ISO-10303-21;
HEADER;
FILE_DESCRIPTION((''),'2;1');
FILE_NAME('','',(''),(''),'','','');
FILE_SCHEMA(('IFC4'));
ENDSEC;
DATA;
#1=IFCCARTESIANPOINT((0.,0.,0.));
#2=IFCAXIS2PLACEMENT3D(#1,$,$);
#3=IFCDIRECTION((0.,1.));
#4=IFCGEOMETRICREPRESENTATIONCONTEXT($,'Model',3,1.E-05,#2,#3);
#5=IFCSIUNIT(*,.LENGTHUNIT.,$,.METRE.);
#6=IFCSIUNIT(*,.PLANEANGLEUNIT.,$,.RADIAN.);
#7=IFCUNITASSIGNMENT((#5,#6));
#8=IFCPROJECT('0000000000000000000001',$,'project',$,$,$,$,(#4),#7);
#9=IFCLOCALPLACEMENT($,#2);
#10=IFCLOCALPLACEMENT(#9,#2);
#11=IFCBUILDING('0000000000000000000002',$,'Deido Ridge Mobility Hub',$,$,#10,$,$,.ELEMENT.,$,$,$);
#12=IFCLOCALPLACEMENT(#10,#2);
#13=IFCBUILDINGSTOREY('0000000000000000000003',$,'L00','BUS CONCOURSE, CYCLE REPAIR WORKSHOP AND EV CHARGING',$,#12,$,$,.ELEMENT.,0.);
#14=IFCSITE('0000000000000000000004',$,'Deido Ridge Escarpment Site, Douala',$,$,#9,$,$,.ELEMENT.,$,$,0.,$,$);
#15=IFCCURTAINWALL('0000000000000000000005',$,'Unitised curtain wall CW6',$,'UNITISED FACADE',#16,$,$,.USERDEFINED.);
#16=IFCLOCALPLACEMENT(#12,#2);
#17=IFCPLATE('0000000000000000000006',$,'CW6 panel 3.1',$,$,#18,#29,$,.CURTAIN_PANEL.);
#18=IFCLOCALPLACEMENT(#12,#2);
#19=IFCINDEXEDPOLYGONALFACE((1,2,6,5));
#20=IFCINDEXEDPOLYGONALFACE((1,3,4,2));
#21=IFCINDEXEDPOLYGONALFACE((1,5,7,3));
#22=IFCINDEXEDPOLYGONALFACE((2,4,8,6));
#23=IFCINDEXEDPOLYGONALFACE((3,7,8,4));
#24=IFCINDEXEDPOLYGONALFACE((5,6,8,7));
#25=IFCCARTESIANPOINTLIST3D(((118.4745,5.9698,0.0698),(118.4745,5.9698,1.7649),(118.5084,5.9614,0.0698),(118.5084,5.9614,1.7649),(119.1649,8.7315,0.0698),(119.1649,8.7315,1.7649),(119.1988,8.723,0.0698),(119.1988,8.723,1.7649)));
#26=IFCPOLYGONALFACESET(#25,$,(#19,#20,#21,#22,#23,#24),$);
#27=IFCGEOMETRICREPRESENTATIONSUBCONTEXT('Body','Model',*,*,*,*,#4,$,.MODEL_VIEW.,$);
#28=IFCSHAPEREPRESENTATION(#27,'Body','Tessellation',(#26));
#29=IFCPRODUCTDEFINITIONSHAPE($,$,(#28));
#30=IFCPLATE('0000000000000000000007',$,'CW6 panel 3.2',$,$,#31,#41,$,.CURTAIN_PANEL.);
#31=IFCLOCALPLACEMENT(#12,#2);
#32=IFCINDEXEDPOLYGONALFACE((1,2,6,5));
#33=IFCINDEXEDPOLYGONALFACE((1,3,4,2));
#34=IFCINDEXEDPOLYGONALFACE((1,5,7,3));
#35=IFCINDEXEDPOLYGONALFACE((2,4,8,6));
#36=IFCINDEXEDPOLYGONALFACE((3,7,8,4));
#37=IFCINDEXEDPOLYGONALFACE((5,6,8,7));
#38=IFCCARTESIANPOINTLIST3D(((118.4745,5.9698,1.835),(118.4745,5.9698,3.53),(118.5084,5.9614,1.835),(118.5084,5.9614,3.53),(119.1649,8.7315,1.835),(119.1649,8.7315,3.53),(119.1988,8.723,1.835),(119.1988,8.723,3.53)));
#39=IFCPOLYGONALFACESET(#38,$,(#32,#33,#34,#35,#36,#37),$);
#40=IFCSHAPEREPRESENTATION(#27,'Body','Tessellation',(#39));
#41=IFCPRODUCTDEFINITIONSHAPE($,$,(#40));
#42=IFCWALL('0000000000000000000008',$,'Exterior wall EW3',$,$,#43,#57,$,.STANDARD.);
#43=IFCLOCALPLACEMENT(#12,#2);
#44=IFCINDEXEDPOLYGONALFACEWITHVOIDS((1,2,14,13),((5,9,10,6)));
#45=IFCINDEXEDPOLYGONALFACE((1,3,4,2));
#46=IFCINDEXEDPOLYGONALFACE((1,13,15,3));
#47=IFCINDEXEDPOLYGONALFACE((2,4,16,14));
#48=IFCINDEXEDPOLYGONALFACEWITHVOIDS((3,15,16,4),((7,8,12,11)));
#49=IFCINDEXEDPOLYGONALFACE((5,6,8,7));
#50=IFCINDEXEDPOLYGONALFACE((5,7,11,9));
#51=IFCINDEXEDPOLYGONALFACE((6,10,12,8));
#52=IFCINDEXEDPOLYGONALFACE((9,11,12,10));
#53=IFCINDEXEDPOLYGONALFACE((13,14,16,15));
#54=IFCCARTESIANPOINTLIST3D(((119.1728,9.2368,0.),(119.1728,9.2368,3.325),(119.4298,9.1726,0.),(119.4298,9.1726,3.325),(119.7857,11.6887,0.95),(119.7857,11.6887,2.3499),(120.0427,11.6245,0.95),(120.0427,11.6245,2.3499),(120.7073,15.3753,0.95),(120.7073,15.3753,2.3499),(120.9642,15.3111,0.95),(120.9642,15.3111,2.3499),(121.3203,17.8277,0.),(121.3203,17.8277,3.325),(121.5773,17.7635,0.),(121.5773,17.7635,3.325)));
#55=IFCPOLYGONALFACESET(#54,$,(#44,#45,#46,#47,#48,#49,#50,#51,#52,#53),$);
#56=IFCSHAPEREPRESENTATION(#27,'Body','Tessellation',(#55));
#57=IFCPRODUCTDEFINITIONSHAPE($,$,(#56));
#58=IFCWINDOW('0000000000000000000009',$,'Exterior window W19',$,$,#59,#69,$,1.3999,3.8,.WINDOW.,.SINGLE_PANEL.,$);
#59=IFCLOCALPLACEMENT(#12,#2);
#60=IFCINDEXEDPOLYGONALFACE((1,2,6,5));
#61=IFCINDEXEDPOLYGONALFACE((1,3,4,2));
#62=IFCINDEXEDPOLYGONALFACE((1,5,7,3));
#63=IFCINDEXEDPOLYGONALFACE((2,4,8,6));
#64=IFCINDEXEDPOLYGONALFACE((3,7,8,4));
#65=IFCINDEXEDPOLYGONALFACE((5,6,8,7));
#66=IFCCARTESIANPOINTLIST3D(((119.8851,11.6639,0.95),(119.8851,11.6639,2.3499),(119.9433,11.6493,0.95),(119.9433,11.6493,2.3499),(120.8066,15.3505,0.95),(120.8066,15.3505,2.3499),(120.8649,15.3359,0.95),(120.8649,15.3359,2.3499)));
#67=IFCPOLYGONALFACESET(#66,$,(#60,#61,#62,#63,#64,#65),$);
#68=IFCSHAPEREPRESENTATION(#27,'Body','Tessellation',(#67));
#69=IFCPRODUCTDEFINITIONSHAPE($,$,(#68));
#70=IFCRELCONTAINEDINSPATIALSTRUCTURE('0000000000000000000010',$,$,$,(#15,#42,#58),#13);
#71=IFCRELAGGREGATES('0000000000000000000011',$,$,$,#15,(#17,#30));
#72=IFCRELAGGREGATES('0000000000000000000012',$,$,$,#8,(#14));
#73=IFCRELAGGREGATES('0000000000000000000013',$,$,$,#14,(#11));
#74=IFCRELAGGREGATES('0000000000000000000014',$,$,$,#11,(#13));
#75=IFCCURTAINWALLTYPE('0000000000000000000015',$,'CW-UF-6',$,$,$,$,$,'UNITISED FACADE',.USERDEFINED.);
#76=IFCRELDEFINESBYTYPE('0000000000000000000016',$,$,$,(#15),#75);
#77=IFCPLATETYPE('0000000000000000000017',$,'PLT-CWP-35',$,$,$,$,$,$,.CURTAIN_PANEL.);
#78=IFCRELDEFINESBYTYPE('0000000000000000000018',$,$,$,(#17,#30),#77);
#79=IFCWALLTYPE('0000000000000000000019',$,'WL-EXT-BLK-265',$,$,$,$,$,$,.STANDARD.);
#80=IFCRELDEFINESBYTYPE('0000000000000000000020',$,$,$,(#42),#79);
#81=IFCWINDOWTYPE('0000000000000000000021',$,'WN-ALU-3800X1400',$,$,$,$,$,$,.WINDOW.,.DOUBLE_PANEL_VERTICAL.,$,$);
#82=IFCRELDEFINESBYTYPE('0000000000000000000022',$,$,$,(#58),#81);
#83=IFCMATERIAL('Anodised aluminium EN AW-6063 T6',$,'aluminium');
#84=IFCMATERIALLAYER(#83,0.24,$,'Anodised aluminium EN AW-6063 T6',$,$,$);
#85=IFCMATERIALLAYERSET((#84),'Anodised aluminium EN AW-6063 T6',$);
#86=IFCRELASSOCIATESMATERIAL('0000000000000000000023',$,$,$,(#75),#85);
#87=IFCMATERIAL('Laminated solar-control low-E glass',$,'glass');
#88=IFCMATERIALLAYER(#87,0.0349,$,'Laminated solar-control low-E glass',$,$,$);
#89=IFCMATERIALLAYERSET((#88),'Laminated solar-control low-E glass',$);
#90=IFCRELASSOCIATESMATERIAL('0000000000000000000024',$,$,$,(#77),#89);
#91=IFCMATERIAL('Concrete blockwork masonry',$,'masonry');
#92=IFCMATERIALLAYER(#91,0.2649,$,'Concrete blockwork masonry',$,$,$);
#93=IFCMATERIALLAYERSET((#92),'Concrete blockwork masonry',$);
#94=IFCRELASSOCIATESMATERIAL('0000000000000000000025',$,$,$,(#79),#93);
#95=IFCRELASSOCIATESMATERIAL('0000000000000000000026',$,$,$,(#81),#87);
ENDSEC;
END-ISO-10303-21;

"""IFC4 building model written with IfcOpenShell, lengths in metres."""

from ifc_helpers import new_model, si_unit, direction, frame, frame_2d, origin, origin_2d, place, context, subcontext, project, spatial, rectangle, extrude, material, layer, layer_set, type_object, element, fill, aggregate, save


model = new_model("IFC4")

# Units and contexts
model_context = context("Model", 3, precision=1e-05, world=origin(), true_north=direction((0.0, 1.0)))
body_context = subcontext(model_context, "Body", "Model", "MODEL_VIEW")
ifc_project = project(units=[si_unit("LENGTHUNIT", "METRE"), si_unit("PLANEANGLEUNIT", "RADIAN")], contexts=[model_context])

# Site, building, storey
site_placement = place(None, origin())
site = spatial("IfcSite", under=ifc_project, at=site_placement, Name="Deido Ridge Escarpment Site, Douala", CompositionType="ELEMENT", RefElevation=0.0)
building_placement = place(site_placement, origin())
building = spatial("IfcBuilding", under=site, at=building_placement, Name="Deido Ridge Mobility Hub", CompositionType="ELEMENT")
storey_placement = place(building_placement, origin())
storey = spatial("IfcBuildingStorey", under=building, at=storey_placement, Name="L00", Description="BUS CONCOURSE, CYCLE REPAIR WORKSHOP AND EV CHARGING", CompositionType="ELEMENT", Elevation=0.0)

# Curtain wall, plates
ifc_material_1 = material(Name="Anodised aluminium EN AW-6063 T6", Category="aluminium")
ifc_layer_1 = layer(ifc_material_1, 0.24, Name="Anodised aluminium EN AW-6063 T6")
ifc_layer_set_1 = layer_set([ifc_layer_1], Name="Anodised aluminium EN AW-6063 T6")
curtain_wall_type = type_object("IfcCurtainWallType", Name="CW-UF-6", ElementType="UNITISED FACADE", PredefinedType="USERDEFINED", material=ifc_layer_set_1)
curtain_wall_placement = place(storey_placement, origin())
curtain_wall = element("IfcCurtainWall", 1, at=curtain_wall_placement, inside=storey, type_object=curtain_wall_type, Name="Unitised curtain wall CW6", ObjectType="UNITISED FACADE", PredefinedType="USERDEFINED")
ifc_material_2 = material(Name="Laminated solar-control low-E glass", Category="glass")
ifc_layer_2 = layer(ifc_material_2, 0.0349, Name="Laminated solar-control low-E glass")
ifc_layer_set_2 = layer_set([ifc_layer_2], Name="Laminated solar-control low-E glass")
plate_type = type_object("IfcPlateType", Name="PLT-CWP-35", PredefinedType="CURTAIN_PANEL", material=ifc_layer_set_2)
plate_1_placement = place(storey_placement, frame((118.8367, 7.3464, 0.0698), z_axis=(0.0, 0.0, 1.0), x_axis=(0.24253, 0.970144, 0.0)))
plate_1 = element("IfcPlate", 2, at=plate_1_placement, type_object=plate_type, Name="CW6 panel 3.1", PredefinedType="CURTAIN_PANEL", context=body_context, shape_type="SweptSolid", body=[
    extrude(rectangle(XDim=2.8467, YDim=0.0349, at=origin_2d()), origin(), (0.0, 0.0, 1.0), 1.6951),
])
plate_2_placement = place(storey_placement, frame((118.8367, 7.3464, 1.835), z_axis=(0.0, 0.0, 1.0), x_axis=(0.24253, 0.970144, 0.0)))
plate_2 = element("IfcPlate", 3, at=plate_2_placement, type_object=plate_type, Name="CW6 panel 3.2", PredefinedType="CURTAIN_PANEL", context=body_context, shape_type="SweptSolid", body=[
    extrude(rectangle(XDim=2.8467, YDim=0.0349, at=origin_2d()), origin(), (0.0, 0.0, 1.0), 1.6951),
])
aggregate(curtain_wall, [plate_1, plate_2])

# Wall, opening, window
ifc_material_3 = material(Name="Concrete blockwork masonry", Category="masonry")
ifc_layer_3 = layer(ifc_material_3, 0.2649, Name="Concrete blockwork masonry")
ifc_layer_set_3 = layer_set([ifc_layer_3], Name="Concrete blockwork masonry")
wall_type = type_object("IfcWallType", Name="WL-EXT-BLK-265", PredefinedType="STANDARD", material=ifc_layer_set_3)
wall_placement = place(storey_placement, frame((119.3013, 9.2046, 0.0), z_axis=(0.0, 0.0, 1.0), x_axis=(0.24251, 0.970149, 0.0)))
wall = element("IfcWall", 4, at=wall_placement, inside=storey, type_object=wall_type, Name="Exterior wall EW3", PredefinedType="STANDARD", context=body_context, shape_type="SweptSolid", body=[
    extrude(rectangle(XDim=8.8552, YDim=0.2649, at=frame_2d((4.4277, 0.0))), origin(), (0.0, 0.0, 1.0), 3.325),
])
opening_placement = place(wall_placement, frame((2.5276, 0.0, 0.95)))
opening = element("IfcOpeningElement", 5, at=opening_placement, cuts=wall, PredefinedType="OPENING", context=body_context, shape_type="SweptSolid", body=[
    extrude(rectangle(XDim=3.8, YDim=1.3999, at=frame_2d((1.8999, 0.7))), frame((0.0, 0.1426, 0.0), z_axis=(0.0, -1.0, 0.0), x_axis=(1.0, 0.0, 0.0)), (0.0, 0.0, 1.0), 0.2849),
])
window_type = type_object("IfcWindowType", Name="WN-ALU-3800X1400", PartitioningType="DOUBLE_PANEL_VERTICAL", PredefinedType="WINDOW", material=ifc_material_2)
window_placement = place(opening_placement, origin())
window = element("IfcWindow", 6, at=window_placement, inside=storey, type_object=window_type, Name="Exterior window W19", OverallHeight=1.3999, OverallWidth=3.8, PartitioningType="SINGLE_PANEL", PredefinedType="WINDOW", context=body_context, shape_type="SweptSolid", body=[
    extrude(rectangle(XDim=3.8, YDim=1.3999, at=frame_2d((1.8999, 0.7))), frame((0.0, 0.03, 0.0), z_axis=(0.0, -1.0, 0.0), x_axis=(1.0, 0.0, 0.0)), (0.0, 0.0, 1.0), 0.0601),
])
fill(opening, window)

save(model, "model.ifc")
